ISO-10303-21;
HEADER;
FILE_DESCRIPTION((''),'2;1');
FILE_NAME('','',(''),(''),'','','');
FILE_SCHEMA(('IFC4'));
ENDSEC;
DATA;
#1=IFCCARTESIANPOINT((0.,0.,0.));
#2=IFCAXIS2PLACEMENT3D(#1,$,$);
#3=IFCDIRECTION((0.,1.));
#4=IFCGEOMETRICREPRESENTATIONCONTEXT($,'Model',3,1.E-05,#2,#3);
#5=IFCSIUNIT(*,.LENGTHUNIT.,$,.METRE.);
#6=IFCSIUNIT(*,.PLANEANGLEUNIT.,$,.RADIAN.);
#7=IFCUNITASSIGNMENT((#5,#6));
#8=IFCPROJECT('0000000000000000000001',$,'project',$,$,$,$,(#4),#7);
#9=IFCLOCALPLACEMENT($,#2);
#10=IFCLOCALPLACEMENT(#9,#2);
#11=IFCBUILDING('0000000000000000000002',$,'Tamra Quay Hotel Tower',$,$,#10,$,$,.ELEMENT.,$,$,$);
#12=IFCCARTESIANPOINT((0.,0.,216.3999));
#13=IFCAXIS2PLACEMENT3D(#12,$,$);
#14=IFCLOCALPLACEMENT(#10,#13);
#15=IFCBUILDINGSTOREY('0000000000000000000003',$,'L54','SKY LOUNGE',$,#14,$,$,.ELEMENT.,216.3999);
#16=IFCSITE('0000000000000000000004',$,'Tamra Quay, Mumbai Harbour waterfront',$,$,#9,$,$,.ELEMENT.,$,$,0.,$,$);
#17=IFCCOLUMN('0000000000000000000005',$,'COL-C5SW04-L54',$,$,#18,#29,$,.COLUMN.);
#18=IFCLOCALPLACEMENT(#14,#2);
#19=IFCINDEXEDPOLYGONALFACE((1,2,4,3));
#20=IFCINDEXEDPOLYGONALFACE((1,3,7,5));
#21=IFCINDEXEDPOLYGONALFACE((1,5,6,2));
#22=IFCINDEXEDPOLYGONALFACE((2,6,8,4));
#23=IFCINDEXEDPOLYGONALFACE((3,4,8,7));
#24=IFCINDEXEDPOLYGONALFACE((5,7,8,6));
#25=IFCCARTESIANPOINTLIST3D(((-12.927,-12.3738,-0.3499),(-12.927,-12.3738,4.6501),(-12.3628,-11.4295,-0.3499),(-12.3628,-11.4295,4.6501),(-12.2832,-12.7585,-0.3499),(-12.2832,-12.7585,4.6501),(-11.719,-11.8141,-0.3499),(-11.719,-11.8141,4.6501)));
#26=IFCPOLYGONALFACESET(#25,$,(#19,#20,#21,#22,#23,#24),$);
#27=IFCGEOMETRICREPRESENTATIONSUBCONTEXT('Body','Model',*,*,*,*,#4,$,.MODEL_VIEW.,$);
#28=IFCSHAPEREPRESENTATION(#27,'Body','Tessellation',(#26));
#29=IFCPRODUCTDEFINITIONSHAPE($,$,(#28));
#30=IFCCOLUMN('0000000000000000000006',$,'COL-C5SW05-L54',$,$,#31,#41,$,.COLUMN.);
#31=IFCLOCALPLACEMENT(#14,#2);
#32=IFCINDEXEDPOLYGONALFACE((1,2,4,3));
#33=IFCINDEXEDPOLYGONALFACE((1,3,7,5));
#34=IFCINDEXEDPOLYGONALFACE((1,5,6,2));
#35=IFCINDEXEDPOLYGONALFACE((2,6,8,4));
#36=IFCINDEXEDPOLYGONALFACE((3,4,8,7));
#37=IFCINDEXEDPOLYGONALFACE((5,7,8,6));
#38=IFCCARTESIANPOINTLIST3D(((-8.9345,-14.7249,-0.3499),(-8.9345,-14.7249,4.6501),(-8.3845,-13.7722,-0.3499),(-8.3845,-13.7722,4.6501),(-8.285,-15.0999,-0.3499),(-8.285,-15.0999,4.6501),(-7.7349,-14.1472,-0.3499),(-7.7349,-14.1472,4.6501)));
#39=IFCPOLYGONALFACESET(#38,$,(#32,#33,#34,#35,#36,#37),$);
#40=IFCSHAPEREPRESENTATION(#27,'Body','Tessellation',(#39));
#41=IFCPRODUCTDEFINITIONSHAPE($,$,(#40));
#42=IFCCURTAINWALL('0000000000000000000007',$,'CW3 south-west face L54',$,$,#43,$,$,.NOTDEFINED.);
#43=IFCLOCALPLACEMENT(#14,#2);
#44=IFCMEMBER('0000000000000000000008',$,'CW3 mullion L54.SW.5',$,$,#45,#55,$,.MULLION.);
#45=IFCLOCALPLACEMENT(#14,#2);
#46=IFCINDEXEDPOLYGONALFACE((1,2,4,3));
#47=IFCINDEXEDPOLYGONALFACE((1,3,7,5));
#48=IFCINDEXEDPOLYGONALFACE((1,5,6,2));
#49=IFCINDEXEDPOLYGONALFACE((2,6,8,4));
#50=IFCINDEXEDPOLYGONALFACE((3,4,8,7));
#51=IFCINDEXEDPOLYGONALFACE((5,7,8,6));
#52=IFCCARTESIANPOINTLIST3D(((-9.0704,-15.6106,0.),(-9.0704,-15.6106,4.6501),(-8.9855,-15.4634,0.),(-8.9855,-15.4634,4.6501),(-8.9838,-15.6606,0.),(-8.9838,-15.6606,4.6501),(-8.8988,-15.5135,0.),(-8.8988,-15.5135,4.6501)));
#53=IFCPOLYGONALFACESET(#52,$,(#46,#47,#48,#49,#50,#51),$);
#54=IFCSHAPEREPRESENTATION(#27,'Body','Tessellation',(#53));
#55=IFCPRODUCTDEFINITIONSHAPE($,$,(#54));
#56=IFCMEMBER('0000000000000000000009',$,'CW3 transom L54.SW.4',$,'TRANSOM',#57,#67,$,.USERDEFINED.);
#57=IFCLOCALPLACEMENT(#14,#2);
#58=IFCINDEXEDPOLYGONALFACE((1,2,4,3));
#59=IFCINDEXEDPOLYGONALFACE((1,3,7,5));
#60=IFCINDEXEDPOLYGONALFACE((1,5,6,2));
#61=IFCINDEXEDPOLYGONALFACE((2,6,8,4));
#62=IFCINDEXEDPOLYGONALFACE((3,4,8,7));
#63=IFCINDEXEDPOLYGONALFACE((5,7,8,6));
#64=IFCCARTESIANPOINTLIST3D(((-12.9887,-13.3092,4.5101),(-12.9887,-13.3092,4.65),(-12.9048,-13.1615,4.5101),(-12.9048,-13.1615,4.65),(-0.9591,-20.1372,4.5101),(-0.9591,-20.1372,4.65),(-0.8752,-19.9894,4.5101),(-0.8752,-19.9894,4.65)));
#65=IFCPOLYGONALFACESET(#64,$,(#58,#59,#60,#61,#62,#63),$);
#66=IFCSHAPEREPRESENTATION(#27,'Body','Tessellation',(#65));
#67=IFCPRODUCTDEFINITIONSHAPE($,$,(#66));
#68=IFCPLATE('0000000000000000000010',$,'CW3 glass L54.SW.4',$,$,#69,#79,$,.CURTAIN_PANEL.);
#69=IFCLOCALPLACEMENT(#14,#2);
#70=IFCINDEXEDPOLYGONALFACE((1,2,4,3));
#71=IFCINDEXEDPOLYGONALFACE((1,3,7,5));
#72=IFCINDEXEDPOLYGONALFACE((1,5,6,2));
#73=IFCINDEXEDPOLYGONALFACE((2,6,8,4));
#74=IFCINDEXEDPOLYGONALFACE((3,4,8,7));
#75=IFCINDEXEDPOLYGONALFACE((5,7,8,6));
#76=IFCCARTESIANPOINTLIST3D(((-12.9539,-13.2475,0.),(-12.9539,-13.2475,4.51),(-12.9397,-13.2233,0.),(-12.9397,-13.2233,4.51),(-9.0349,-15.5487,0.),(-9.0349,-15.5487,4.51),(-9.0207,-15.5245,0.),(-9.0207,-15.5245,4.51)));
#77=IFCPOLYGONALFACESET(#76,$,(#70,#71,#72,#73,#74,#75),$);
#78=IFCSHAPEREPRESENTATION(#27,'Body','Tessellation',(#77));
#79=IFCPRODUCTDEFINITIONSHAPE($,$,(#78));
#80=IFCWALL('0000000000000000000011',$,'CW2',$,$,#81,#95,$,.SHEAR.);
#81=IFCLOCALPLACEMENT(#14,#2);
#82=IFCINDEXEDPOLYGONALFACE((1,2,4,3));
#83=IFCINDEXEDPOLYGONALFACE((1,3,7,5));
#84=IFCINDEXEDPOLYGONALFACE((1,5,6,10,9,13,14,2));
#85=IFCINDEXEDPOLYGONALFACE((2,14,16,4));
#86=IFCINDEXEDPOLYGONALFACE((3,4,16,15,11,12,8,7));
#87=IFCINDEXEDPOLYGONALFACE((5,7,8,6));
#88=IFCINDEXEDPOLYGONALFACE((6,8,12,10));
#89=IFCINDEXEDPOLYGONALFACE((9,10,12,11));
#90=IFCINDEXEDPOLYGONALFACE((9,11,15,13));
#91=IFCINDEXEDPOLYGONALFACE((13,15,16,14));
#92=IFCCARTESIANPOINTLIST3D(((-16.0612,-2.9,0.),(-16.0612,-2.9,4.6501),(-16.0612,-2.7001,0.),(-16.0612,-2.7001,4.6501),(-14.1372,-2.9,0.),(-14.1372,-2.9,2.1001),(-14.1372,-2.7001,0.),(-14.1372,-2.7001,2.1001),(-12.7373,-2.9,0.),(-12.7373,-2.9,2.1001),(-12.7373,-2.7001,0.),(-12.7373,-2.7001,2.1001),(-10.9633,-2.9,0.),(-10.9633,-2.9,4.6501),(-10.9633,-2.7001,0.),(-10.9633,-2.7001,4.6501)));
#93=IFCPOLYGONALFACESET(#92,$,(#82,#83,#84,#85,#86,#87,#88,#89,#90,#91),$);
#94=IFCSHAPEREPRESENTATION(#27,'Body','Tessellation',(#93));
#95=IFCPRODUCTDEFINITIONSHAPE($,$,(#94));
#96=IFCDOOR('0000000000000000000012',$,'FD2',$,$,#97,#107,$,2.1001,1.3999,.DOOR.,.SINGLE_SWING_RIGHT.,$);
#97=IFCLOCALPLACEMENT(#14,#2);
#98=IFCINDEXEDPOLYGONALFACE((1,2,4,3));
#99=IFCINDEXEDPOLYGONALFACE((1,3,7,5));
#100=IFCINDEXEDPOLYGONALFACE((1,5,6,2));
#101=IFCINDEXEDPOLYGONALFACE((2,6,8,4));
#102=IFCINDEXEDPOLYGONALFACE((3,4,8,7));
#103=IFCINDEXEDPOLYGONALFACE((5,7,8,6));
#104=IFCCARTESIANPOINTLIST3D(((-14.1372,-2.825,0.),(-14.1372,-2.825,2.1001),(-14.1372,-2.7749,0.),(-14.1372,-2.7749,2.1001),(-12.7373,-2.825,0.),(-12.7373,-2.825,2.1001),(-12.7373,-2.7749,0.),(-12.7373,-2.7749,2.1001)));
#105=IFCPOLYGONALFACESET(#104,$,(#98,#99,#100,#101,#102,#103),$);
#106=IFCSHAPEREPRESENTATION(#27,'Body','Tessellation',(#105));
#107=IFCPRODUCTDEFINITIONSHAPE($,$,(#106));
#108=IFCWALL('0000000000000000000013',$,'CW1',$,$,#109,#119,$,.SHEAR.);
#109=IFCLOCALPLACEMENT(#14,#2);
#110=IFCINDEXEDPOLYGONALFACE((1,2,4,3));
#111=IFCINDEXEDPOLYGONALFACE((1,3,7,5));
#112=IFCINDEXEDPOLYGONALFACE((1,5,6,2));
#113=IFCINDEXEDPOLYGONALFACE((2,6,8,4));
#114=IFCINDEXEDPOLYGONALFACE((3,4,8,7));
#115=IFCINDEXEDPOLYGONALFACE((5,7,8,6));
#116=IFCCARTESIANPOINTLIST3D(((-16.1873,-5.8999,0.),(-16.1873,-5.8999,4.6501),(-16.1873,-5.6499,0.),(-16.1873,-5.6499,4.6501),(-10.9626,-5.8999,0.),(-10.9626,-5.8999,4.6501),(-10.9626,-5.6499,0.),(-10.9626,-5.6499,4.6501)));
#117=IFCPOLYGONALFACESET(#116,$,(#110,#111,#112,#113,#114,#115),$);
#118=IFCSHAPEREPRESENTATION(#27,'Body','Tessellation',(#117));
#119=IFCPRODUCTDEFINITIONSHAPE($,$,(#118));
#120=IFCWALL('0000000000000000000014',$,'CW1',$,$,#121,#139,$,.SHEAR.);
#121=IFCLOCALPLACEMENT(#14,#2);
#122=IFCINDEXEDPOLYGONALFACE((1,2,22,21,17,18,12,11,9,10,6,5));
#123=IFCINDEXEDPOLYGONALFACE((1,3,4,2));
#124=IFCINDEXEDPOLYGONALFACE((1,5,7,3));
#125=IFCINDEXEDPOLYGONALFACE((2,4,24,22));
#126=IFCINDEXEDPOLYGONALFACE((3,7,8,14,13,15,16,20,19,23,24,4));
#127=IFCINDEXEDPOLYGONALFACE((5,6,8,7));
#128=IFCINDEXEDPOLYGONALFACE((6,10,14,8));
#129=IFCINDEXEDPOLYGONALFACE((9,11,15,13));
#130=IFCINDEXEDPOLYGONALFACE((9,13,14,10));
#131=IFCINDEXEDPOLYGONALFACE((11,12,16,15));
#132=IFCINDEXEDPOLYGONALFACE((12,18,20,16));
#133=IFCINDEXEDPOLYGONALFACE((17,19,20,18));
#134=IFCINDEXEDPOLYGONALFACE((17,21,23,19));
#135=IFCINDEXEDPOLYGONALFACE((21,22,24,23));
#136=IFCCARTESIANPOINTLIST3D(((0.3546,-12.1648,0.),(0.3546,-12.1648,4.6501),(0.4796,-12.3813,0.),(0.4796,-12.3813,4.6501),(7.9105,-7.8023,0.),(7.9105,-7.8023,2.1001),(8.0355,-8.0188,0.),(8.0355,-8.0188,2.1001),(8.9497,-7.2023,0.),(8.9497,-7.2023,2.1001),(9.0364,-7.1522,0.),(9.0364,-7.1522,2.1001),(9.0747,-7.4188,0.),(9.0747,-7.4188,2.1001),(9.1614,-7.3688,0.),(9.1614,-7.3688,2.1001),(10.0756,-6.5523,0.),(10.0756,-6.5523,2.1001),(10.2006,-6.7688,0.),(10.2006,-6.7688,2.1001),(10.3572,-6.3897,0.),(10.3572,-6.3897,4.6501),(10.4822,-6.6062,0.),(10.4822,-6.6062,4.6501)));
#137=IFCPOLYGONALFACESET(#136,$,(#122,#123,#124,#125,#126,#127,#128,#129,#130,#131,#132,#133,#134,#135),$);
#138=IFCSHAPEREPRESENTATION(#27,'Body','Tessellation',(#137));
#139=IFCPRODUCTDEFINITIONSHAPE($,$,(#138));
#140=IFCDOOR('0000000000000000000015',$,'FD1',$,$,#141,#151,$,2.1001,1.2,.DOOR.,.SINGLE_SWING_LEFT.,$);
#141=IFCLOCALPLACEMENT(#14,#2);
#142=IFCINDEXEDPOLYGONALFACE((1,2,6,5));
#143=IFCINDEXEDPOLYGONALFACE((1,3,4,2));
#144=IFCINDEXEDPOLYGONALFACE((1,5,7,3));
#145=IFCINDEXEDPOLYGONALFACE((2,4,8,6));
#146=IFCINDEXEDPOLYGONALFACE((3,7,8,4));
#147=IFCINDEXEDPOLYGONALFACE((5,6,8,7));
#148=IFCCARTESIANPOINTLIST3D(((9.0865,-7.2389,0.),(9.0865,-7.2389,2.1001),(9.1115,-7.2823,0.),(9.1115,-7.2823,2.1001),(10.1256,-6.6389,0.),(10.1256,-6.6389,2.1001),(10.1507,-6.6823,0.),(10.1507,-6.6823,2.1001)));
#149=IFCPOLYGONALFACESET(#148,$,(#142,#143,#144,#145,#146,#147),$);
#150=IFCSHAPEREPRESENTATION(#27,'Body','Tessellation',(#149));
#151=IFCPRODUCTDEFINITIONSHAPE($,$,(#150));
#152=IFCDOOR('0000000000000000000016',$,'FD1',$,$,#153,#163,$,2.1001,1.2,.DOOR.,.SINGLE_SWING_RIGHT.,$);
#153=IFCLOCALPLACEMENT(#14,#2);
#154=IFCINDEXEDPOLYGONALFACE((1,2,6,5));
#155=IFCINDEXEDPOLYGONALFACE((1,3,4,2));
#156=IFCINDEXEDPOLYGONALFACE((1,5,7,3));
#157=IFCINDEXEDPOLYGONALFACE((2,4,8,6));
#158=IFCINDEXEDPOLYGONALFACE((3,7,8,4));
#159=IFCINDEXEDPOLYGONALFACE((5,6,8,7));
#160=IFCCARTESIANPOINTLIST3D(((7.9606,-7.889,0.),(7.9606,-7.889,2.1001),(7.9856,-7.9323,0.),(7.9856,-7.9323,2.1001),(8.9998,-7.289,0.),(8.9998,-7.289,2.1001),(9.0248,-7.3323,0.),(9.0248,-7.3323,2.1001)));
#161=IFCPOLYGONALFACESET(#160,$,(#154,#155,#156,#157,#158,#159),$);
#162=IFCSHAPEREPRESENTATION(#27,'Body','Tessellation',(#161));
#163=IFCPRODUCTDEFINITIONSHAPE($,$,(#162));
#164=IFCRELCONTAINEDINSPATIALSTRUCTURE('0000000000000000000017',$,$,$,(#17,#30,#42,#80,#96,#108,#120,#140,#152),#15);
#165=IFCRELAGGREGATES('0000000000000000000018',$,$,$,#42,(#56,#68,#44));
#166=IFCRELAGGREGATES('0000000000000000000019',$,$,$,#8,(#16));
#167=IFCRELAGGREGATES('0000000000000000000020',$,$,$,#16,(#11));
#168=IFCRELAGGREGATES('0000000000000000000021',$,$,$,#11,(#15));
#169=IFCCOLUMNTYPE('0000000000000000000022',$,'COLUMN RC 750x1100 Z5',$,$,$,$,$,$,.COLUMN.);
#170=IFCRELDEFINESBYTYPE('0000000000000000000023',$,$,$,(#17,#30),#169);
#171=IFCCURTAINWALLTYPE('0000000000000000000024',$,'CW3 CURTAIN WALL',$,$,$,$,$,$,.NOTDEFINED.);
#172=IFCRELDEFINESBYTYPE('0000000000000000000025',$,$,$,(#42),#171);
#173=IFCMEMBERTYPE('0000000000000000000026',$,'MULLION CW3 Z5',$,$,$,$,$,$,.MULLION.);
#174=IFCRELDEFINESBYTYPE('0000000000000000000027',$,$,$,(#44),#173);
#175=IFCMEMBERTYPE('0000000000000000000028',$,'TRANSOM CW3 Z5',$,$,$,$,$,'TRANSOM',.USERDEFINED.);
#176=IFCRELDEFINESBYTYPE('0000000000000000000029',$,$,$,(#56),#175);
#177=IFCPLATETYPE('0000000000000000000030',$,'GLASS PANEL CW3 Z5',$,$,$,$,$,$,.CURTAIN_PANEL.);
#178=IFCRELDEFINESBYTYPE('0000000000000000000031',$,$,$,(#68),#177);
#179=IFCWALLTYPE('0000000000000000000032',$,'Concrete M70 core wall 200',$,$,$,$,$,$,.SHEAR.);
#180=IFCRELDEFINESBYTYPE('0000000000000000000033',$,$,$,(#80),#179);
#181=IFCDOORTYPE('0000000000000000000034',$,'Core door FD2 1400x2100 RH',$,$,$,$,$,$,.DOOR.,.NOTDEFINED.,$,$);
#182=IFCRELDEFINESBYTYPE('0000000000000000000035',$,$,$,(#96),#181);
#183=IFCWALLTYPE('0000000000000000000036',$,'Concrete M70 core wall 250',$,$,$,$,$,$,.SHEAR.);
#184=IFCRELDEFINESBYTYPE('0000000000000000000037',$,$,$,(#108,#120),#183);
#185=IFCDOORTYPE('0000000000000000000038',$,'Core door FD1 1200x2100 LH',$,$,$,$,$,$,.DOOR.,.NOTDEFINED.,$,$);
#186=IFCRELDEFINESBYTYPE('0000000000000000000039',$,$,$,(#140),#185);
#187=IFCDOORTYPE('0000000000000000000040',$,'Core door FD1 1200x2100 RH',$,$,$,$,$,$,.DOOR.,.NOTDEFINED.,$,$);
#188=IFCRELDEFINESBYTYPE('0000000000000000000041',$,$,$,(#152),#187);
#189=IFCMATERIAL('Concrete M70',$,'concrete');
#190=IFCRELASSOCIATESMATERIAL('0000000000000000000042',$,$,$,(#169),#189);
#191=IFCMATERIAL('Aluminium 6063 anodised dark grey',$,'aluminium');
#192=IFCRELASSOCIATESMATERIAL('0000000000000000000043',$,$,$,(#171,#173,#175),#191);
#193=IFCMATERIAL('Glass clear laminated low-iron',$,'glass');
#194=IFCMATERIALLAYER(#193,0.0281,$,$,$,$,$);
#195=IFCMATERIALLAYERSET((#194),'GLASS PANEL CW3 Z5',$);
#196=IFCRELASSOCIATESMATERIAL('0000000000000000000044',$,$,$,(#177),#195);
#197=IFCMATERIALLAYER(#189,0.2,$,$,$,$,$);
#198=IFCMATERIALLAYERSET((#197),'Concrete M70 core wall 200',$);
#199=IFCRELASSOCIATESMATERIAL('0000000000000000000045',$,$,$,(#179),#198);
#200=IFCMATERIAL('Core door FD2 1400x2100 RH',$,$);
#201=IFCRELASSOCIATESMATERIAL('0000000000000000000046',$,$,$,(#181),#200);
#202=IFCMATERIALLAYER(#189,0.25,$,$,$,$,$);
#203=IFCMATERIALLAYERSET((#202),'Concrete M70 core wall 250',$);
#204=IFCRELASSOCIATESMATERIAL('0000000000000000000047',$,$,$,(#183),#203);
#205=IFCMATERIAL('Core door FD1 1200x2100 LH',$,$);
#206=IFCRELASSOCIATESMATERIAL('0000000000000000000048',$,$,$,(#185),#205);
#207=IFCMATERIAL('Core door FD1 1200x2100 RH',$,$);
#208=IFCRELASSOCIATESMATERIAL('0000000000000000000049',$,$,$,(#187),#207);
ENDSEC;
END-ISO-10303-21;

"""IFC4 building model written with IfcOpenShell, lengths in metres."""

from ifc_helpers import new_model, si_unit, direction, frame, frame_2d, origin, origin_2d, place, context, subcontext, project, spatial, rectangle, extrude, material, layer, layer_set, material_profile, profile_set, type_object, element, fill, aggregate, save


model = new_model("IFC4")

# Units and contexts
model_context = context("Model", 3, precision=1e-05, world=origin(), true_north=direction((0.0, 1.0)))
body_context = subcontext(model_context, "Body", "Model", "MODEL_VIEW")
ifc_project = project(units=[si_unit("LENGTHUNIT", "METRE"), si_unit("PLANEANGLEUNIT", "RADIAN")], contexts=[model_context])

# Site, building, storey
site_placement = place(None, origin())
site = spatial("IfcSite", under=ifc_project, at=site_placement, Name="Tamra Quay, Mumbai Harbour waterfront", CompositionType="ELEMENT", RefElevation=0.0)
building_placement = place(site_placement, origin())
building = spatial("IfcBuilding", under=site, at=building_placement, Name="Tamra Quay Hotel Tower", CompositionType="ELEMENT")
storey_placement = place(building_placement, frame((0.0, 0.0, 216.3999)))
storey = spatial("IfcBuildingStorey", under=building, at=storey_placement, Name="L54", Description="SKY LOUNGE", CompositionType="ELEMENT", Elevation=216.3999)

# Columns
ifc_material_1 = material(Name="Concrete M70", Category="concrete")
ifc_material_profile_1 = material_profile(ifc_material_1, rectangle(XDim=1.1001, YDim=0.75, at=origin_2d()), Name="COLUMN RC 750x1100 Z5")
ifc_profile_set_1 = profile_set([ifc_material_profile_1], Name="Concrete M70")
column_type = type_object("IfcColumnType", Name="COLUMN RC 750x1100 Z5", PredefinedType="COLUMN", material=ifc_profile_set_1)
for number, where, z_axis, x_axis, name in (
    (1, (-12.323, -12.094, -0.3499), (0.0, 0.0, 1.0), (0.512899, 0.858449, 0.0), "COL-C5SW04-L54"),
    (2, (-8.3347, -14.436, -0.3499), (0.0, 0.0, 1.0), (0.5, 0.866025, 0.0), "COL-C5SW05-L54"),
):
    element("IfcColumn", number, at=place(storey_placement, frame(where, z_axis=z_axis, x_axis=x_axis)), inside=storey, type_object=column_type, Name=name, PredefinedType="COLUMN", context=body_context, shape_type="SweptSolid", body=[
        extrude(rectangle(XDim=1.1001, YDim=0.75, at=origin_2d()), origin(), (0.0, 0.0, 1.0), 5.0),
    ])

# Curtain wall, members, plate
ifc_material_2 = material(Name="Aluminium 6063 anodised dark grey", Category="aluminium")
curtain_wall_type = type_object("IfcCurtainWallType", Name="CW3 CURTAIN WALL", PredefinedType="NOTDEFINED", material=ifc_material_2)
curtain_wall_placement = place(storey_placement, origin())
curtain_wall = element("IfcCurtainWall", 3, at=curtain_wall_placement, inside=storey, type_object=curtain_wall_type, Name="CW3 south-west face L54", PredefinedType="NOTDEFINED")
ifc_material_profile_2 = material_profile(ifc_material_2, rectangle(XDim=0.1699, YDim=0.1001, at=origin_2d()), Name="MULLION 100X170")
ifc_profile_set_2 = profile_set([ifc_material_profile_2], Name="Aluminium 6063 anodised dark grey")
member_type_1 = type_object("IfcMemberType", Name="MULLION CW3 Z5", PredefinedType="MULLION", material=ifc_profile_set_2)
member_1_placement = place(storey_placement, frame((-8.9846, -15.562, 0.0), z_axis=(0.0, 0.0, 1.0), x_axis=(-0.5, -0.866025, 0.0)))
member_1 = element("IfcMember", 4, at=member_1_placement, type_object=member_type_1, Name="CW3 mullion L54.SW.5", PredefinedType="MULLION", context=body_context, shape_type="SweptSolid", body=[
    extrude(rectangle(XDim=0.1699, YDim=0.1001, at=origin_2d()), origin(), (0.0, 0.0, 1.0), 4.6501),
])
ifc_material_profile_3 = material_profile(ifc_material_2, rectangle(XDim=0.1699, YDim=0.1399, at=origin_2d()), Name="TRANSOM 170X140")
ifc_profile_set_3 = profile_set([ifc_material_profile_3], Name="Aluminium 6063 anodised dark grey")
member_type_2 = type_object("IfcMemberType", Name="TRANSOM CW3 Z5", ElementType="TRANSOM", PredefinedType="USERDEFINED", material=ifc_profile_set_3)
member_2_placement = place(storey_placement, frame((-12.9468, -13.2354, 4.5801), z_axis=(0.869676, -0.493622, 0.0), x_axis=(0.493622, 0.869676, 0.0)))
member_2 = element("IfcMember", 5, at=member_2_placement, type_object=member_type_2, Name="CW3 transom L54.SW.4", ObjectType="TRANSOM", PredefinedType="USERDEFINED", context=body_context, shape_type="SweptSolid", body=[
    extrude(rectangle(XDim=0.1699, YDim=0.1399, at=origin_2d()), origin(), (0.0, 0.0, 1.0), 13.8323),
])
ifc_material_3 = material(Name="Glass clear laminated low-iron", Category="glass")
ifc_layer_1 = layer(ifc_material_3, 0.0281)
ifc_layer_set_1 = layer_set([ifc_layer_1], Name="GLASS PANEL CW3 Z5")
plate_type = type_object("IfcPlateType", Name="GLASS PANEL CW3 Z5", PredefinedType="CURTAIN_PANEL", material=ifc_layer_set_1)
plate_placement = place(storey_placement, frame((-10.9873, -14.386, 0.0), z_axis=(0.0, 0.0, 1.0), x_axis=(0.862321, -0.506362, 0.0)))
plate = element("IfcPlate", 6, at=plate_placement, type_object=plate_type, Name="CW3 glass L54.SW.4", PredefinedType="CURTAIN_PANEL", context=body_context, shape_type="SweptSolid", body=[
    extrude(rectangle(XDim=4.5447, YDim=0.0281, at=origin_2d()), origin(), (0.0, 0.0, 1.0), 4.51),
])
aggregate(curtain_wall, [member_2, plate, member_1])

# Wall, opening, door
ifc_layer_2 = layer(ifc_material_1, 0.2)
ifc_layer_set_2 = layer_set([ifc_layer_2], Name="Concrete M70 core wall 200")
wall_type_1 = type_object("IfcWallType", Name="Concrete M70 core wall 200", PredefinedType="SHEAR", material=ifc_layer_set_2)
wall_1_placement = place(storey_placement, frame((-10.9634, -2.8, 0.0), z_axis=(0.0, 0.0, 1.0), x_axis=(-1.0, 0.0, 0.0)))
wall_1 = element("IfcWall", 7, at=wall_1_placement, inside=storey, type_object=wall_type_1, Name="CW2", PredefinedType="SHEAR", context=body_context, shape_type="SweptSolid", body=[
    extrude(rectangle(XDim=5.0979, YDim=0.2, at=frame_2d((2.5488, 0.0))), origin(), (0.0, 0.0, 1.0), 4.6501),
])
opening_1_placement = place(wall_1_placement, frame((1.7739, 0.0, 0.0)))
opening_1 = element("IfcOpeningElement", 8, at=opening_1_placement, cuts=wall_1, PredefinedType="OPENING", context=body_context, shape_type="SweptSolid", body=[
    extrude(rectangle(XDim=1.3999, YDim=2.1001, at=frame_2d((0.7, 1.05))), frame((0.0, 0.1099, 0.0), z_axis=(0.0, -1.0, 0.0), x_axis=(1.0, 0.0, 0.0)), (0.0, 0.0, 1.0), 0.22),
])
ifc_material_4 = material(Name="Core door FD2 1400x2100 RH")
door_type_1 = type_object("IfcDoorType", Name="Core door FD2 1400x2100 RH", OperationType="NOTDEFINED", PredefinedType="DOOR", material=ifc_material_4)
door_1_placement = place(opening_1_placement, origin())
door_1 = element("IfcDoor", 9, at=door_1_placement, inside=storey, type_object=door_type_1, Name="FD2", OperationType="SINGLE_SWING_RIGHT", OverallHeight=2.1001, OverallWidth=1.3999, PredefinedType="DOOR", context=body_context, shape_type="SweptSolid", body=[
    extrude(rectangle(XDim=1.3999, YDim=2.1001, at=frame_2d((0.7, 1.05))), frame((0.0, 0.0249, 0.0), z_axis=(0.0, -1.0, 0.0), x_axis=(1.0, 0.0, 0.0)), (0.0, 0.0, 1.0), 0.05),
])
fill(opening_1, door_1)

# Wall
ifc_layer_3 = layer(ifc_material_1, 0.25)
ifc_layer_set_3 = layer_set([ifc_layer_3], Name="Concrete M70 core wall 250")
wall_type_2 = type_object("IfcWallType", Name="Concrete M70 core wall 250", PredefinedType="SHEAR", material=ifc_layer_set_3)
wall_2_placement = place(storey_placement, frame((-10.9626, -5.7749, 0.0), z_axis=(0.0, 0.0, 1.0), x_axis=(-1.0, 0.0, 0.0)))
element("IfcWall", 10, at=wall_2_placement, inside=storey, type_object=wall_type_2, Name="CW1", PredefinedType="SHEAR", context=body_context, shape_type="SweptSolid", body=[
    extrude(rectangle(XDim=5.2246, YDim=0.25, at=frame_2d((2.6123, 0.0))), origin(), (0.0, 0.0, 1.0), 4.6501),
])

# Wall, openings, doors
wall_3_placement = place(storey_placement, frame((0.4172, -12.2729, 0.0), z_axis=(0.0, 0.0, 1.0), x_axis=(0.866022, 0.500006, 0.0)))
wall_3 = element("IfcWall", 11, at=wall_3_placement, inside=storey, type_object=wall_type_2, Name="CW1", PredefinedType="SHEAR", context=body_context, shape_type="SweptSolid", body=[
    extrude(rectangle(XDim=11.55, YDim=0.25, at=frame_2d((5.7749, 0.0))), origin(), (0.0, 0.0, 1.0), 4.6501),
])
opening_2_placement = place(wall_3_placement, frame((10.0247, 0.0, 0.0)))
opening_2 = element("IfcOpeningElement", 12, at=opening_2_placement, cuts=wall_3, PredefinedType="OPENING", context=body_context, shape_type="SweptSolid", body=[
    extrude(rectangle(XDim=1.2, YDim=2.1001, at=frame_2d((0.6001, 1.05))), frame((0.0, 0.135, 0.0), z_axis=(0.0, -1.0, 0.0), x_axis=(1.0, 0.0, 0.0)), (0.0, 0.0, 1.0), 0.27),
])
opening_3_placement = place(wall_3_placement, frame((8.7246, 0.0, 0.0)))
opening_3 = element("IfcOpeningElement", 13, at=opening_3_placement, cuts=wall_3, PredefinedType="OPENING", context=body_context, shape_type="SweptSolid", body=[
    extrude(rectangle(XDim=1.2, YDim=2.1001, at=frame_2d((0.6001, 1.05))), frame((0.0, 0.135, 0.0), z_axis=(0.0, -1.0, 0.0), x_axis=(1.0, 0.0, 0.0)), (0.0, 0.0, 1.0), 0.27),
])
ifc_material_5 = material(Name="Core door FD1 1200x2100 LH")
door_type_2 = type_object("IfcDoorType", Name="Core door FD1 1200x2100 LH", OperationType="NOTDEFINED", PredefinedType="DOOR", material=ifc_material_5)
door_2_placement = place(opening_2_placement, origin())
door_2 = element("IfcDoor", 14, at=door_2_placement, inside=storey, type_object=door_type_2, Name="FD1", OperationType="SINGLE_SWING_LEFT", OverallHeight=2.1001, OverallWidth=1.2, PredefinedType="DOOR", context=body_context, shape_type="SweptSolid", body=[
    extrude(rectangle(XDim=1.2, YDim=2.1001, at=frame_2d((0.6001, 1.05))), frame((0.0, 0.0249, 0.0), z_axis=(0.0, -1.0, 0.0), x_axis=(1.0, 0.0, 0.0)), (0.0, 0.0, 1.0), 0.05),
])
fill(opening_2, door_2)
ifc_material_6 = material(Name="Core door FD1 1200x2100 RH")
door_type_3 = type_object("IfcDoorType", Name="Core door FD1 1200x2100 RH", OperationType="NOTDEFINED", PredefinedType="DOOR", material=ifc_material_6)
door_3_placement = place(opening_3_placement, origin())
door_3 = element("IfcDoor", 15, at=door_3_placement, inside=storey, type_object=door_type_3, Name="FD1", OperationType="SINGLE_SWING_RIGHT", OverallHeight=2.1001, OverallWidth=1.2, PredefinedType="DOOR", context=body_context, shape_type="SweptSolid", body=[
    extrude(rectangle(XDim=1.2, YDim=2.1001, at=frame_2d((0.6001, 1.05))), frame((0.0, 0.0249, 0.0), z_axis=(0.0, -1.0, 0.0), x_axis=(1.0, 0.0, 0.0)), (0.0, 0.0, 1.0), 0.05),
])
fill(opening_3, door_3)

save(model, "model.ifc")
